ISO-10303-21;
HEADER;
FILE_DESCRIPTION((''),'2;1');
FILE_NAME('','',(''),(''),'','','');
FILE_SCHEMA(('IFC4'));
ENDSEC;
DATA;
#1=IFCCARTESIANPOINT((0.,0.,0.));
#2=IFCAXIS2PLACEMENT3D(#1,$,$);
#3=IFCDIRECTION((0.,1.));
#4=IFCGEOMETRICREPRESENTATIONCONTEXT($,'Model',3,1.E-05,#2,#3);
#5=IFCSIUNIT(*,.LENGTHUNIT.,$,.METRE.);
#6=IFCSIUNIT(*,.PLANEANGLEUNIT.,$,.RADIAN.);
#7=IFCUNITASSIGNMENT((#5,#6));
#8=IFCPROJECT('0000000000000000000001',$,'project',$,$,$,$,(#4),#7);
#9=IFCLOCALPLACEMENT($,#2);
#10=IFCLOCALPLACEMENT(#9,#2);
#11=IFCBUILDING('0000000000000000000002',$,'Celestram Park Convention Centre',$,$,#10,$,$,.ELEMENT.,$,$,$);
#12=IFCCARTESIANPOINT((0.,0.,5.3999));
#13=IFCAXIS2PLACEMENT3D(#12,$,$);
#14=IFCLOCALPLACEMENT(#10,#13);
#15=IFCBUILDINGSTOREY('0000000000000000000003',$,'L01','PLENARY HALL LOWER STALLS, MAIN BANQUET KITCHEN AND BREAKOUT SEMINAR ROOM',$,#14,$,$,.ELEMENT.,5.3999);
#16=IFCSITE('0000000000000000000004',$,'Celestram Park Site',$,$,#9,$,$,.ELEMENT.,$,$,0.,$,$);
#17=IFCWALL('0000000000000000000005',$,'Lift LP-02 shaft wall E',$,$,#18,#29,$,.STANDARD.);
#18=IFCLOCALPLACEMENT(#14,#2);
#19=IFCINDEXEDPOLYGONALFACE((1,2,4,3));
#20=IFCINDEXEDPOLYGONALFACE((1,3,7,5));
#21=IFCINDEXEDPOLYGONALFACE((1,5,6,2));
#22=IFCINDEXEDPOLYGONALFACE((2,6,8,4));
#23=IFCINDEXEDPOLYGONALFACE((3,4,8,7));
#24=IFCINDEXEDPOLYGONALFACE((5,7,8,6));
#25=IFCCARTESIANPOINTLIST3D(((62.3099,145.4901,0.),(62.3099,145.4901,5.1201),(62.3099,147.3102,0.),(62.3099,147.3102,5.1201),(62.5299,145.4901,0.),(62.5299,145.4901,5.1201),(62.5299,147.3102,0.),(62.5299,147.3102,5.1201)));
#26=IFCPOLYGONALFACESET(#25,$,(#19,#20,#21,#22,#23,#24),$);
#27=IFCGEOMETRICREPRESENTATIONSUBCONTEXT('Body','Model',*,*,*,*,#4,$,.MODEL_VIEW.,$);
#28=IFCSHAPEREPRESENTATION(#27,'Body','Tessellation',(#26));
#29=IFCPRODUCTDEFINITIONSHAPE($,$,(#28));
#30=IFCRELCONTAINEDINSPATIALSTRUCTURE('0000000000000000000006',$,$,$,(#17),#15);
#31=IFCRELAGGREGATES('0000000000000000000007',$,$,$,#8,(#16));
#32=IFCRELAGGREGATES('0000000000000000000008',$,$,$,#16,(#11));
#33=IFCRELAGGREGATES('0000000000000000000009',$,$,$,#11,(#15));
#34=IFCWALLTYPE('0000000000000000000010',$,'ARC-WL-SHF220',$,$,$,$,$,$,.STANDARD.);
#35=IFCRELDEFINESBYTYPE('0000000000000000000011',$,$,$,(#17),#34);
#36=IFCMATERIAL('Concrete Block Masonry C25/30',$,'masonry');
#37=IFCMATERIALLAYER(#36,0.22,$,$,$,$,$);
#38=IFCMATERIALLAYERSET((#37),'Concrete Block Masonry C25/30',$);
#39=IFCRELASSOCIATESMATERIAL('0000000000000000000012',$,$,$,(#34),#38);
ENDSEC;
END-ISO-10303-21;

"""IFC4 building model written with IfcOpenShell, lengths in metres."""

from ifc_helpers import new_model, si_unit, direction, frame, frame_2d, origin, place, context, subcontext, project, spatial, rectangle, extrude, material, layer, layer_set, type_object, element, save


model = new_model("IFC4")

# Units and contexts
model_context = context("Model", 3, precision=1e-05, world=origin(), true_north=direction((0.0, 1.0)))
body_context = subcontext(model_context, "Body", "Model", "MODEL_VIEW")
ifc_project = project(units=[si_unit("LENGTHUNIT", "METRE"), si_unit("PLANEANGLEUNIT", "RADIAN")], contexts=[model_context])

# Site, building, storey
site_placement = place(None, origin())
site = spatial("IfcSite", under=ifc_project, at=site_placement, Name="Celestram Park Site", CompositionType="ELEMENT", RefElevation=0.0)
building_placement = place(site_placement, origin())
building = spatial("IfcBuilding", under=site, at=building_placement, Name="Celestram Park Convention Centre", CompositionType="ELEMENT")
storey_placement = place(building_placement, frame((0.0, 0.0, 5.3999)))
storey = spatial("IfcBuildingStorey", under=building, at=storey_placement, Name="L01", Description="PLENARY HALL LOWER STALLS, MAIN BANQUET KITCHEN AND BREAKOUT SEMINAR ROOM", CompositionType="ELEMENT", Elevation=5.3999)

# Shared definitions
ifc_material_1 = material(Name="Concrete Block Masonry C25/30", Category="masonry")
ifc_layer_1 = layer(ifc_material_1, 0.22)
ifc_layer_set_1 = layer_set([ifc_layer_1], Name="Concrete Block Masonry C25/30")
wall_type_1 = type_object("IfcWallType", Name="ARC-WL-SHF220", PredefinedType="STANDARD", material=ifc_layer_set_1)

# Wall
for number, where, z_axis, x_axis, name in (
    (1, (62.4199, 145.49, 0.0), (0.0, 0.0, 1.0), (0.0, 1.0, 0.0), "Lift LP-02 shaft wall E"),
):
    element("IfcWall", number, at=place(storey_placement, frame(where, z_axis=z_axis, x_axis=x_axis)), inside=storey, type_object=wall_type_1, Name=name, PredefinedType="STANDARD", context=body_context, shape_type="SweptSolid", body=[
        extrude(rectangle(XDim=1.8201, YDim=0.22, at=frame_2d((0.9102, 0.0))), origin(), (0.0, 0.0, 1.0), 5.1201),
    ])

save(model, "model.ifc")
